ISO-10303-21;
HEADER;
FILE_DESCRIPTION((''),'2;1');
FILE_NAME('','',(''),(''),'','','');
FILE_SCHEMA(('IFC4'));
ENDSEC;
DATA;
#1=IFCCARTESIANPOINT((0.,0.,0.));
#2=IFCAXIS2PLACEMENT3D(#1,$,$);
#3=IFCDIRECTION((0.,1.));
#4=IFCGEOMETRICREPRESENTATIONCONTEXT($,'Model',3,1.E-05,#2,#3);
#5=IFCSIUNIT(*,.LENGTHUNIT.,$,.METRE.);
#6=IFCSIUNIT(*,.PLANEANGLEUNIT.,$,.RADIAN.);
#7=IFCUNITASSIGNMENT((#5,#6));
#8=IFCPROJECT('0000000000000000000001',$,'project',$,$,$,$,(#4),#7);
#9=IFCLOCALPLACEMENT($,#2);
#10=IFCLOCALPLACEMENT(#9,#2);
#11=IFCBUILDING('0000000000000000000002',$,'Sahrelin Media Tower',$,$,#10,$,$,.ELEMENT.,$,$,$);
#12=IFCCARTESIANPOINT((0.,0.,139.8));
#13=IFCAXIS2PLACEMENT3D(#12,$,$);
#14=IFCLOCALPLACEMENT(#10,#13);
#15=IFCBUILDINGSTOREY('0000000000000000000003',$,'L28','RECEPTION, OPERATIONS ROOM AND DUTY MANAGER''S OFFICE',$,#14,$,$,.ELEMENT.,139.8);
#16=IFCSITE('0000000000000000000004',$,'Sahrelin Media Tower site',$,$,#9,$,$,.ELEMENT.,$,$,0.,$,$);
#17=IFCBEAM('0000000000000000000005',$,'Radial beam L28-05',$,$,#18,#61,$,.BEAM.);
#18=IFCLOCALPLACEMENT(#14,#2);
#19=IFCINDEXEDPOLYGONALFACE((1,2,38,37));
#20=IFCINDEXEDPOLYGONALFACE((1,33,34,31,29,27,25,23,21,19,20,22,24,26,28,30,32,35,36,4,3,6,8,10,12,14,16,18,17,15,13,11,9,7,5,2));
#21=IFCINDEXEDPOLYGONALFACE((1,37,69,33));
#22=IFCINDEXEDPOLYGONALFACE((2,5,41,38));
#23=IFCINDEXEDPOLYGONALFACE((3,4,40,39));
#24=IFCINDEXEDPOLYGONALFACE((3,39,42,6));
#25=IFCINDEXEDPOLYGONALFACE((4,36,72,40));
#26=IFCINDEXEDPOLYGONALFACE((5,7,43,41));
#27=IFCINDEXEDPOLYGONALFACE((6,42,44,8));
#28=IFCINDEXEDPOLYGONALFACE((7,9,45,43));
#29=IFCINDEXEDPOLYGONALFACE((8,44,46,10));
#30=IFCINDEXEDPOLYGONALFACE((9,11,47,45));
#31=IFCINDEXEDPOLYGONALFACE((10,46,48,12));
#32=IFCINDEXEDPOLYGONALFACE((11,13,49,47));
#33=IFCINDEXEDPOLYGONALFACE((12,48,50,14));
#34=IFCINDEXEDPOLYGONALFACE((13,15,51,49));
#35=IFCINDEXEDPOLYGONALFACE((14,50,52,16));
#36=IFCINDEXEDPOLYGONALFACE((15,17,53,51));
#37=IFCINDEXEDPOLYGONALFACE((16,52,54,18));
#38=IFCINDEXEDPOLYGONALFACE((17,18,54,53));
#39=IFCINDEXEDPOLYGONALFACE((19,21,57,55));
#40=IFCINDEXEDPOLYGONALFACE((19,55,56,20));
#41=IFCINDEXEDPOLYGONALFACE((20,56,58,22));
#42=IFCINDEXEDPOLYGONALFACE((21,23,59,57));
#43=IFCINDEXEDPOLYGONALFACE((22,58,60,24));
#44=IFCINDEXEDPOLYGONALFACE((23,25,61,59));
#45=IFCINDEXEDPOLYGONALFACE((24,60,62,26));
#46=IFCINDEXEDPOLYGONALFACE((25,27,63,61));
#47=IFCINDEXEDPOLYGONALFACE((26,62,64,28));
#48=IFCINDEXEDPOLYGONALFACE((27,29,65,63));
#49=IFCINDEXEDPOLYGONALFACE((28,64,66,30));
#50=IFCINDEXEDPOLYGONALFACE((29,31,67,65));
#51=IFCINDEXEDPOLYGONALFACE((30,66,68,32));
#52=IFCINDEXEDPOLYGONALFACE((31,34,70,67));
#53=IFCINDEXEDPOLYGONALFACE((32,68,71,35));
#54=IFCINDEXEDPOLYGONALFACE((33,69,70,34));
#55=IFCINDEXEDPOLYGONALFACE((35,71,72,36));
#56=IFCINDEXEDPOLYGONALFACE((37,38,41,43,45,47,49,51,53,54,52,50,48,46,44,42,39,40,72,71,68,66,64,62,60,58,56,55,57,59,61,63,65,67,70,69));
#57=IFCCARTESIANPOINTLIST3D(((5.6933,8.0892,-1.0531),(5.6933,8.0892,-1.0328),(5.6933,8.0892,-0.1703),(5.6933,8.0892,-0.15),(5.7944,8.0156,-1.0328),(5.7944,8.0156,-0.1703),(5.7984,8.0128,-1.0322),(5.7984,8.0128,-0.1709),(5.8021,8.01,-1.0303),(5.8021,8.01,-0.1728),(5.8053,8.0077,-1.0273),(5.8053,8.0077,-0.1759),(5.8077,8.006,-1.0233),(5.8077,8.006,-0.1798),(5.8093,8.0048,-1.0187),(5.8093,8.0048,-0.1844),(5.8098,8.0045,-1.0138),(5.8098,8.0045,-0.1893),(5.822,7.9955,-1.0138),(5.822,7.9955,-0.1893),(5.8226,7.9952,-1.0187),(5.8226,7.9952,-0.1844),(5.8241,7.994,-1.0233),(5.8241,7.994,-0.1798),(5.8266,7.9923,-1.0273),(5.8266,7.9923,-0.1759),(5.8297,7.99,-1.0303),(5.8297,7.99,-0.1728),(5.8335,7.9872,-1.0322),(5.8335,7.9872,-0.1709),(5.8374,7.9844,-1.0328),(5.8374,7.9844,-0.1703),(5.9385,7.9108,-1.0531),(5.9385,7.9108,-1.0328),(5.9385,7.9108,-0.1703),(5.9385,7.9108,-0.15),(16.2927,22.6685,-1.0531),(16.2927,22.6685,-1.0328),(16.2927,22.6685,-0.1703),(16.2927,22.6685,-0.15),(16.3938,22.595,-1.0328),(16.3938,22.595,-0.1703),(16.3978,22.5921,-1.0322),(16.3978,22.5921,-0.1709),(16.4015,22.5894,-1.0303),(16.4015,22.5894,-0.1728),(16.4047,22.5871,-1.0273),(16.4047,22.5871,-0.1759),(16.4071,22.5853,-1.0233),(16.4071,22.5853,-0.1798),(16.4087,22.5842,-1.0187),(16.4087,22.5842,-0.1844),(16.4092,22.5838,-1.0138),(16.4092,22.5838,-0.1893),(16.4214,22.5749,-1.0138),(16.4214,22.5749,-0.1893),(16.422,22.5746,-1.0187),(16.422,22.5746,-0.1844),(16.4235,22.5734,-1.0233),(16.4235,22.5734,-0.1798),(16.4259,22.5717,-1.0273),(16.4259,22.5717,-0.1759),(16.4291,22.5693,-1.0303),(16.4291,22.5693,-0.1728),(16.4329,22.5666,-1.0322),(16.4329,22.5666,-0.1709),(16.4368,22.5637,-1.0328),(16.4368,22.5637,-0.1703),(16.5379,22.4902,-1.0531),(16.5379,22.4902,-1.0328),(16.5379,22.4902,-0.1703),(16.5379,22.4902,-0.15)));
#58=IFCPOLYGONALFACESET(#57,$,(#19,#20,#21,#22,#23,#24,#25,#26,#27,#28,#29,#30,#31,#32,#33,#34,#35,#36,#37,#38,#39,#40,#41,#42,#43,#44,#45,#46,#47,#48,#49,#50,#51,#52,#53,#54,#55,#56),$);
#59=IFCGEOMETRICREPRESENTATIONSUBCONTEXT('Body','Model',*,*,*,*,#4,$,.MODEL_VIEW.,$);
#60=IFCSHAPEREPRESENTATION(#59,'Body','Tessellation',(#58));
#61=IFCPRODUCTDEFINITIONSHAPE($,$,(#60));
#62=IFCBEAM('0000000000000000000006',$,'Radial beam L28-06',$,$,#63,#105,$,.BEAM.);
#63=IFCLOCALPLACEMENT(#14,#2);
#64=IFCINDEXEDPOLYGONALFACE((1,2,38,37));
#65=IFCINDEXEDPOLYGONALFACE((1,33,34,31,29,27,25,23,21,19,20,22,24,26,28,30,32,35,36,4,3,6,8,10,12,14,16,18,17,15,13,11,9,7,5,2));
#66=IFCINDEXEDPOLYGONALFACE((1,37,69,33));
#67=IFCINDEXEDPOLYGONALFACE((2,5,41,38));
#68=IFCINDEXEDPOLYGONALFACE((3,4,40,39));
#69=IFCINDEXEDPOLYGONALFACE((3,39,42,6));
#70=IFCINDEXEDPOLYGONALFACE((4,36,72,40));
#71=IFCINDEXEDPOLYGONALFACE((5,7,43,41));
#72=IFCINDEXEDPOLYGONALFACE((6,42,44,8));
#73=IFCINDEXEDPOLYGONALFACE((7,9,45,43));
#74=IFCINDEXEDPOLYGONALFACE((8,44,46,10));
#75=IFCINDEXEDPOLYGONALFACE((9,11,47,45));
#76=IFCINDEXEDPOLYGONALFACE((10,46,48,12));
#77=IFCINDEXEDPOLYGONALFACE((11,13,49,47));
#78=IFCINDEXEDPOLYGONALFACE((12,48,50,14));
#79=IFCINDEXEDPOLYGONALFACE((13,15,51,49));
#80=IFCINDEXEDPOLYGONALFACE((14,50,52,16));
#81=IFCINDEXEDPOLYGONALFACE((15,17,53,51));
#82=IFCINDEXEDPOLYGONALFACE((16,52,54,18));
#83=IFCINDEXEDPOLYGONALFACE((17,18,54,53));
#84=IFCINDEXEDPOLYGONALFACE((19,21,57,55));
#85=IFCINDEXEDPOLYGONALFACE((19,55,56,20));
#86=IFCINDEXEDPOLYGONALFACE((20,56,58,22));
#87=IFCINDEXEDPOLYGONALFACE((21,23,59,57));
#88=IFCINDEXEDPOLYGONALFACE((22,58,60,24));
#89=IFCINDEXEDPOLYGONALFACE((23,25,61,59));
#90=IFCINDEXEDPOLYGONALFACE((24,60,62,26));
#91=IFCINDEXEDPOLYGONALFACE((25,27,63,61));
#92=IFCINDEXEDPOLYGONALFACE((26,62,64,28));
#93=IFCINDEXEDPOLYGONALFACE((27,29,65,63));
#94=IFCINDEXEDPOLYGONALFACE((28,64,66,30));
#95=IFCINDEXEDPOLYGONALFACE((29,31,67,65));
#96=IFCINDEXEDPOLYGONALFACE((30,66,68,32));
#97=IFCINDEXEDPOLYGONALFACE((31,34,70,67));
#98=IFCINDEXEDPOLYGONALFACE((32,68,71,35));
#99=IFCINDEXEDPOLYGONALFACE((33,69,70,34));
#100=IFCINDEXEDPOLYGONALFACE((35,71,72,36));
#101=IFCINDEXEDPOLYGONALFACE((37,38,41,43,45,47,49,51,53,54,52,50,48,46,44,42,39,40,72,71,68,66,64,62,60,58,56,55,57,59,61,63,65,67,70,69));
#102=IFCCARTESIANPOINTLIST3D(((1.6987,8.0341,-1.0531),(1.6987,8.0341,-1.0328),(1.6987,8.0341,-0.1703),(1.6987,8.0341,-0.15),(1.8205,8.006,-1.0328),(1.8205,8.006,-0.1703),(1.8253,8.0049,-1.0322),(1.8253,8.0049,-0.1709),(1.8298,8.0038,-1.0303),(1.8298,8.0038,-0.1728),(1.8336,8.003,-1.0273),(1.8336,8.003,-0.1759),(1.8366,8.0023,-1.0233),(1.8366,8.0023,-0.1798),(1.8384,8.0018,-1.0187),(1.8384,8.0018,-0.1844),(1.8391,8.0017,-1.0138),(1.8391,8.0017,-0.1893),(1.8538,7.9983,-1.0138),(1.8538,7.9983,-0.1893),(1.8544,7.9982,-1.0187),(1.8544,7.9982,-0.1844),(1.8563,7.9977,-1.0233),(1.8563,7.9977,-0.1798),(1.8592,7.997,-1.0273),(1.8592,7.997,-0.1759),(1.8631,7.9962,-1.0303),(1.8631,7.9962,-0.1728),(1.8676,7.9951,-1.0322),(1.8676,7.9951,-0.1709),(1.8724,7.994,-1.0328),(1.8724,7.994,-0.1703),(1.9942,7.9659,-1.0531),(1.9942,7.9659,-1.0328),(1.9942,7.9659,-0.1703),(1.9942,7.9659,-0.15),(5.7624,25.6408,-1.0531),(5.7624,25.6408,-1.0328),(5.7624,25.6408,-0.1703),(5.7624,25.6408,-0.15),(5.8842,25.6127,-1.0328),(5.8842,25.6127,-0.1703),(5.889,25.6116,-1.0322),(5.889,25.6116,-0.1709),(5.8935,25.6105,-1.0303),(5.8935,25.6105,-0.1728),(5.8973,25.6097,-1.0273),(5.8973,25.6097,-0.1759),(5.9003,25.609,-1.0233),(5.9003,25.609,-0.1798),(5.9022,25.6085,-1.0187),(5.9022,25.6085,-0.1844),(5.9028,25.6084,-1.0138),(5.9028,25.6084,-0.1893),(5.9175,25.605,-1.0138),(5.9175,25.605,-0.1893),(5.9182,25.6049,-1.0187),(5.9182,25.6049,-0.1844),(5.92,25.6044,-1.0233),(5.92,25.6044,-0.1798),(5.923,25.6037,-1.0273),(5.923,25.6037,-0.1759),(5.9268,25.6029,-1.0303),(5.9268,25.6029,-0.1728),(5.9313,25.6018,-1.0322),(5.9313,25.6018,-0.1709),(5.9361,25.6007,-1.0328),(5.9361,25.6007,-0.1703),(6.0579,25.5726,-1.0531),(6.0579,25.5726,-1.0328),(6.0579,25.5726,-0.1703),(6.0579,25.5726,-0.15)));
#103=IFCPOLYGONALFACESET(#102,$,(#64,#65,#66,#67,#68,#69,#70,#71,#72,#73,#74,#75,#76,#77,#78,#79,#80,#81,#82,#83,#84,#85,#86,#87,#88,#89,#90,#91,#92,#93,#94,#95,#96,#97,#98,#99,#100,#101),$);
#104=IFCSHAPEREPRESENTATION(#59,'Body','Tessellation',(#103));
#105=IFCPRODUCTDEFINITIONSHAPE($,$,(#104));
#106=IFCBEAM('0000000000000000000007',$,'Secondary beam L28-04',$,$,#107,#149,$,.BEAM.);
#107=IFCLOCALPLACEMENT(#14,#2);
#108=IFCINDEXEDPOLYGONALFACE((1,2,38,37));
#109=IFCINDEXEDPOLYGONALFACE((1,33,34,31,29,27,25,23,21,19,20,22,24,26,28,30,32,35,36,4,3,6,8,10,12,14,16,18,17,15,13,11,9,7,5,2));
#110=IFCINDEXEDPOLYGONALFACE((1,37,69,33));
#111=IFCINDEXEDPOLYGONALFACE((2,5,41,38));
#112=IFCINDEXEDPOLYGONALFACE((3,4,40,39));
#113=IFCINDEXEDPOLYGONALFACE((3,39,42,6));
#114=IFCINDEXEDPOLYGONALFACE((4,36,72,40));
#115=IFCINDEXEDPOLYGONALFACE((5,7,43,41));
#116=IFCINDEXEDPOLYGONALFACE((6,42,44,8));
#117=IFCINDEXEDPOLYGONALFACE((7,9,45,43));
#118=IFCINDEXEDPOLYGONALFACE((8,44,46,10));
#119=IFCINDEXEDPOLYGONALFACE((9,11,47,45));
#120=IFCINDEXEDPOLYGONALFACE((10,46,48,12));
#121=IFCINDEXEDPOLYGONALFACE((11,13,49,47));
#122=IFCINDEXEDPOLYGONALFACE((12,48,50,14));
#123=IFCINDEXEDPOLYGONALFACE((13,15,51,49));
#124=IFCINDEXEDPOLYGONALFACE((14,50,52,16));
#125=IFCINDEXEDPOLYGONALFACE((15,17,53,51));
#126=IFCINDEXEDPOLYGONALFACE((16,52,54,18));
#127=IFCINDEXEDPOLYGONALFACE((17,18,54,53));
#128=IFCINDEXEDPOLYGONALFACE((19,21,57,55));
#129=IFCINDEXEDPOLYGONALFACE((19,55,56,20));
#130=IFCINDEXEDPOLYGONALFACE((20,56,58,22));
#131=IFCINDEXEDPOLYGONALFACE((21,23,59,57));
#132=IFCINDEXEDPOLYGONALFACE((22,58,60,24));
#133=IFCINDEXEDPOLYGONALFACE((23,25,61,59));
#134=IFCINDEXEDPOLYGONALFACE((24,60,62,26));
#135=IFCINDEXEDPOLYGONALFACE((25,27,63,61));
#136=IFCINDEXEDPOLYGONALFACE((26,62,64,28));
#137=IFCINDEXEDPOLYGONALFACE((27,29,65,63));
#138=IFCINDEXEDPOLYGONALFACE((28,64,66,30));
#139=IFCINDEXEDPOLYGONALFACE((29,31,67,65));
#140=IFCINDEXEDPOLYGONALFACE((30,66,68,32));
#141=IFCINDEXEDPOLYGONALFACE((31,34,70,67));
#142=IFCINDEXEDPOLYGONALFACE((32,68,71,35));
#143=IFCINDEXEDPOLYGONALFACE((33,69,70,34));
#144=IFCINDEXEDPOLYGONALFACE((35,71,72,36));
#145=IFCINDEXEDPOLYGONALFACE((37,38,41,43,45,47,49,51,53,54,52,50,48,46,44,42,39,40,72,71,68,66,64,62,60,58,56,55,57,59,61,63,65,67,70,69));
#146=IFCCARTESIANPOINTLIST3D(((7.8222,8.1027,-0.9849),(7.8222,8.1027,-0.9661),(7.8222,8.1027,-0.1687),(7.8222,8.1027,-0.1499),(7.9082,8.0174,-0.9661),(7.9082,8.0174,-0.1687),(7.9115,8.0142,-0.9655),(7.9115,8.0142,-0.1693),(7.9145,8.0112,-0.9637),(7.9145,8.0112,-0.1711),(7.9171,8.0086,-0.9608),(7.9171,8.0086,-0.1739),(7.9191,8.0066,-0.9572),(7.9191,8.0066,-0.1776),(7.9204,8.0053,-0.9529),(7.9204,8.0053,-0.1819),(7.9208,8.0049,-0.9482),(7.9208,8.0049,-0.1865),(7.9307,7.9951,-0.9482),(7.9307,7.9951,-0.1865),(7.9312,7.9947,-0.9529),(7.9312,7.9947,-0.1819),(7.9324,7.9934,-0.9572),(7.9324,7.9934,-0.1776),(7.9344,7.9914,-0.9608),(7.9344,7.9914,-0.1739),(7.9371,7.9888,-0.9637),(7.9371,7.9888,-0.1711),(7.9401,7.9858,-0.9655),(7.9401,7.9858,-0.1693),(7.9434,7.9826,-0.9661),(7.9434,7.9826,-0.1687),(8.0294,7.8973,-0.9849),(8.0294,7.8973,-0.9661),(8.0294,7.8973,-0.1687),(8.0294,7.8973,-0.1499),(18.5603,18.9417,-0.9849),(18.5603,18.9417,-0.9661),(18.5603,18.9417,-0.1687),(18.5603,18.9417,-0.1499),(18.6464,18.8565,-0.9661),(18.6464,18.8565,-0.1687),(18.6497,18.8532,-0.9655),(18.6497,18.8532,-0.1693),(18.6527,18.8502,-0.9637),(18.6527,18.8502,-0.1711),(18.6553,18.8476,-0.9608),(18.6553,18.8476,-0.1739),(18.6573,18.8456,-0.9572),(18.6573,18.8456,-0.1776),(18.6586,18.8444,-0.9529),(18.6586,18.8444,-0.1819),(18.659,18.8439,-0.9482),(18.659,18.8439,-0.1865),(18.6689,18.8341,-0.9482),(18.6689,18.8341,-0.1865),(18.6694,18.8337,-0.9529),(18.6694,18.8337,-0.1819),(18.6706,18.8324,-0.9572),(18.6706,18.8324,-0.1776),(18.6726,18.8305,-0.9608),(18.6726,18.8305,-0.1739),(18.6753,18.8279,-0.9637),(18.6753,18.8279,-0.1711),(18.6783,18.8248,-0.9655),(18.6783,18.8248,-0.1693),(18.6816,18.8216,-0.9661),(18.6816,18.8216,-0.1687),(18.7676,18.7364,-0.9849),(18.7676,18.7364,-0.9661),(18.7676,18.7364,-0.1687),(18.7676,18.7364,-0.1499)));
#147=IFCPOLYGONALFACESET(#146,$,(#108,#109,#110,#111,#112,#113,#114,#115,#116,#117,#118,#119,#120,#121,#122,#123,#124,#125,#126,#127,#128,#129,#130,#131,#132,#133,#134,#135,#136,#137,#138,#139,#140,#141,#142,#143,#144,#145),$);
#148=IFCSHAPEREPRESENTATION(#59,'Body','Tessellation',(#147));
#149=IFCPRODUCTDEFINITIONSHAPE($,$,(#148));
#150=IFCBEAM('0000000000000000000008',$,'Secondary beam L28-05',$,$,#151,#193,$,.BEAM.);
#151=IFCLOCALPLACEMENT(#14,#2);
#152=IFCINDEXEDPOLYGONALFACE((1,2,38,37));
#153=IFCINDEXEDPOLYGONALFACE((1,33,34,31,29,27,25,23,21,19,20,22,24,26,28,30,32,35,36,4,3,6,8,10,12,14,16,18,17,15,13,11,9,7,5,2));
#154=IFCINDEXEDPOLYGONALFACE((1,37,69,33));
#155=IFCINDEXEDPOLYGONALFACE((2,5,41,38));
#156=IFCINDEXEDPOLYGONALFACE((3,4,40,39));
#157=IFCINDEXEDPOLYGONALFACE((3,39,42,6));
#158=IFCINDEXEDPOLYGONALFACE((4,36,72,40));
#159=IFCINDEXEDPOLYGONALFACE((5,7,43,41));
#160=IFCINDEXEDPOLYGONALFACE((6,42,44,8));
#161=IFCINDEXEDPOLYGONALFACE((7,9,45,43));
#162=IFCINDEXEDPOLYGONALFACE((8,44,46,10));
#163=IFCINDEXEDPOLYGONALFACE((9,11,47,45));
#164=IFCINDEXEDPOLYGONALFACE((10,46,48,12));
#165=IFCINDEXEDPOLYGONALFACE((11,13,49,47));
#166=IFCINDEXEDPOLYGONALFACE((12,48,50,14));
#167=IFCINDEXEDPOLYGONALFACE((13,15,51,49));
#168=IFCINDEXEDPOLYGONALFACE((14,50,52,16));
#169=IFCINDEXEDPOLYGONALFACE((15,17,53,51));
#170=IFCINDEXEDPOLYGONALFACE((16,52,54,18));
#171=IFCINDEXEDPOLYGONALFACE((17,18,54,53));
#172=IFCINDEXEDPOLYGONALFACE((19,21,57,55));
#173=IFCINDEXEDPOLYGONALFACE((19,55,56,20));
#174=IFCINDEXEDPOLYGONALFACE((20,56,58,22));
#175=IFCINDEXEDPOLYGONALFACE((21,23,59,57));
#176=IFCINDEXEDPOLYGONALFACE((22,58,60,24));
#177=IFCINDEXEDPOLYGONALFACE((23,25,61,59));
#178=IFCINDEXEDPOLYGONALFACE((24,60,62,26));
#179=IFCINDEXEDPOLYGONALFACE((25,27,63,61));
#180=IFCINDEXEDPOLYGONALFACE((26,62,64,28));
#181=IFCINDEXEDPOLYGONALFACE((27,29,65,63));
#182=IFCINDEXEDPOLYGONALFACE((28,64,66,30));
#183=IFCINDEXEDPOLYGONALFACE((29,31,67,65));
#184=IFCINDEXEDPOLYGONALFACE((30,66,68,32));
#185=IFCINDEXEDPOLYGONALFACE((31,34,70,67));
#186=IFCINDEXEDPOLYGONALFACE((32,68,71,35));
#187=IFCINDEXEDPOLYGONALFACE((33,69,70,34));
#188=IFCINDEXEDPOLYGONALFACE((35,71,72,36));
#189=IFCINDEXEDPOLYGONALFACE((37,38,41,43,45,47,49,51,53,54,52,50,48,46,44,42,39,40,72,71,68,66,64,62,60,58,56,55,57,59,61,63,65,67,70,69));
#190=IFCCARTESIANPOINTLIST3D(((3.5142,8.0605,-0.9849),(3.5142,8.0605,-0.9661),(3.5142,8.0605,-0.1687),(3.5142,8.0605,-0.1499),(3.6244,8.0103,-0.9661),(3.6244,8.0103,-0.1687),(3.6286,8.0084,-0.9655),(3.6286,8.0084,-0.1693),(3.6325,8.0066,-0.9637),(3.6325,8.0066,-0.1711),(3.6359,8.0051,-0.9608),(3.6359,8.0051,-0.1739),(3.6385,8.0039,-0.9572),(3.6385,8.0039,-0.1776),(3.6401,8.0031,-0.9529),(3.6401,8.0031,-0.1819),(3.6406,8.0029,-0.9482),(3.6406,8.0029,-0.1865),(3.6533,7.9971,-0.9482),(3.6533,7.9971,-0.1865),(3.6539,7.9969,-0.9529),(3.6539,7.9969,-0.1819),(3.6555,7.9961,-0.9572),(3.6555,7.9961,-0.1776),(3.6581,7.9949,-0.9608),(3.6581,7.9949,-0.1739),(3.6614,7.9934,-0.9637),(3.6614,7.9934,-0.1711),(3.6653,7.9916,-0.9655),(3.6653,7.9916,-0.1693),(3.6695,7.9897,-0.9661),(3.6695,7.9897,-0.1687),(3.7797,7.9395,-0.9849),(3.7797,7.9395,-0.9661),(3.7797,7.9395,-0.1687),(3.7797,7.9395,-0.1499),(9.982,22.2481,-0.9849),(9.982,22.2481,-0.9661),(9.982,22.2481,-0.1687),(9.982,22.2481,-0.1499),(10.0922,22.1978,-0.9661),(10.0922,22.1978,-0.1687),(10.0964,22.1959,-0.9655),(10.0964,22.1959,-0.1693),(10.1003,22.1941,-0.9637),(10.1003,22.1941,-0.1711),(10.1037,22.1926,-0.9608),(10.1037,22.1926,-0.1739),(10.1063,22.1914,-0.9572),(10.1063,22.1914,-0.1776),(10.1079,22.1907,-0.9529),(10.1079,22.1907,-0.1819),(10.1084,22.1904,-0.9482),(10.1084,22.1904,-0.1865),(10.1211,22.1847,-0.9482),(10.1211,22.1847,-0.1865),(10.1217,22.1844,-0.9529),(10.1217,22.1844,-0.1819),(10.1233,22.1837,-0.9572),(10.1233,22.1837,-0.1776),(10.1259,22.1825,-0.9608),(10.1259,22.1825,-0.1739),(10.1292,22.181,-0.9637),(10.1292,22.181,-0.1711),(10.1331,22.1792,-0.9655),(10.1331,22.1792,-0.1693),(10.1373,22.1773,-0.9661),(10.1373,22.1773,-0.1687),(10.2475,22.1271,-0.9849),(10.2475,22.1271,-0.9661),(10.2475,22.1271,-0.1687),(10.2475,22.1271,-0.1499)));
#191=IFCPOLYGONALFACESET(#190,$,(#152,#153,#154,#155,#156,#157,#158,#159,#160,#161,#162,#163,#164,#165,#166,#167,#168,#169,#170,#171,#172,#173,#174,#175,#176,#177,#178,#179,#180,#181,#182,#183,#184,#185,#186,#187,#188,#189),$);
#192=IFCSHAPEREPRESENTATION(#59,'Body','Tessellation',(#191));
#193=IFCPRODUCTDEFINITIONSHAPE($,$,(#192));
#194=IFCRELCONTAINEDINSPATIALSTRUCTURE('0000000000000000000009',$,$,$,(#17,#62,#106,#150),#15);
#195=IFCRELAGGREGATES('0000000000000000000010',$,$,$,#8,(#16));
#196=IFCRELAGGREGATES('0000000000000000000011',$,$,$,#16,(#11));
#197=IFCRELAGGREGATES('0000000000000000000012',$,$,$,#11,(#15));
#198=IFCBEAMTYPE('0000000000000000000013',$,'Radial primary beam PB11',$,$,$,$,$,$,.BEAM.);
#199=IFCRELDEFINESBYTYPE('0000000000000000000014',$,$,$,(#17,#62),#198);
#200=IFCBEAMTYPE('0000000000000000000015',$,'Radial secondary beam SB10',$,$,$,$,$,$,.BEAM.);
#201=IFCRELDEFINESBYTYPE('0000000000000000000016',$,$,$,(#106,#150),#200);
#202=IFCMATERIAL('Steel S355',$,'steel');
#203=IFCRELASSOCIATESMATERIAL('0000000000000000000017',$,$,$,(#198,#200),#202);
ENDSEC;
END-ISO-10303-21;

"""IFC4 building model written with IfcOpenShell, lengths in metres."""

from ifc_helpers import new_model, si_unit, direction, frame, origin, origin_2d, place, context, subcontext, project, spatial, i_section, extrude, material, material_profile, profile_set, type_object, element, save


model = new_model("IFC4")

# Units and contexts
model_context = context("Model", 3, precision=1e-05, world=origin(), true_north=direction((0.0, 1.0)))
body_context = subcontext(model_context, "Body", "Model", "MODEL_VIEW")
ifc_project = project(units=[si_unit("LENGTHUNIT", "METRE"), si_unit("PLANEANGLEUNIT", "RADIAN")], contexts=[model_context])

# Site, building, storey
site_placement = place(None, origin())
site = spatial("IfcSite", under=ifc_project, at=site_placement, Name="Sahrelin Media Tower site", CompositionType="ELEMENT", RefElevation=0.0)
building_placement = place(site_placement, origin())
building = spatial("IfcBuilding", under=site, at=building_placement, Name="Sahrelin Media Tower", CompositionType="ELEMENT")
storey_placement = place(building_placement, frame((0.0, 0.0, 139.8)))
storey = spatial("IfcBuildingStorey", under=building, at=storey_placement, Name="L28", Description="RECEPTION, OPERATIONS ROOM AND DUTY MANAGER'S OFFICE", CompositionType="ELEMENT", Elevation=139.8)

# Shared definitions
ifc_material_1 = material(Name="Steel S355", Category="steel")

# Beams
ifc_material_profile_1 = material_profile(ifc_material_1, i_section(OverallWidth=0.3032, OverallDepth=0.9031, WebThickness=0.0151, FlangeThickness=0.0203, FilletRadius=0.019, at=origin_2d()), Name="UB 914x305x201")
ifc_profile_set_1 = profile_set([ifc_material_profile_1], Name="Steel S355")
beam_type_1 = type_object("IfcBeamType", Name="Radial primary beam PB11", PredefinedType="BEAM", material=ifc_profile_set_1)
beam_1_placement = place(storey_placement, frame((5.8159, 8.0, -0.6016), z_axis=(0.588034, 0.808836, 0.0), x_axis=(-0.808836, 0.588034, 0.0)))
element("IfcBeam", 1, at=beam_1_placement, inside=storey, type_object=beam_type_1, Name="Radial beam L28-05", PredefinedType="BEAM", context=body_context, shape_type="SweptSolid", body=[
    extrude(i_section(OverallWidth=0.3032, OverallDepth=0.9031, WebThickness=0.0151, FlangeThickness=0.0203, FilletRadius=0.019, at=origin_2d()), origin(), (0.0, 0.0, 1.0), 18.0251),
])
beam_2_placement = place(storey_placement, frame((1.8464, 8.0, -0.6016), z_axis=(0.224893, 0.974383, 0.0), x_axis=(-0.974383, 0.224893, 0.0)))
element("IfcBeam", 2, at=beam_2_placement, inside=storey, type_object=beam_type_1, Name="Radial beam L28-06", PredefinedType="BEAM", context=body_context, shape_type="SweptSolid", body=[
    extrude(i_section(OverallWidth=0.3032, OverallDepth=0.9031, WebThickness=0.0151, FlangeThickness=0.0203, FilletRadius=0.019, at=origin_2d()), origin(), (0.0, 0.0, 1.0), 18.0696),
])
ifc_material_profile_2 = material_profile(ifc_material_1, i_section(OverallWidth=0.2917, OverallDepth=0.835, WebThickness=0.0139, FlangeThickness=0.0188, FilletRadius=0.0178, at=origin_2d()), Name="UB 838x292x176")
ifc_profile_set_2 = profile_set([ifc_material_profile_2], Name="Steel S355")
beam_type_2 = type_object("IfcBeamType", Name="Radial secondary beam SB10", PredefinedType="BEAM", material=ifc_profile_set_2)
beam_3_placement = place(storey_placement, frame((7.9258, 8.0, -0.5674), z_axis=(0.703795, 0.710403, 0.0), x_axis=(-0.710403, 0.703795, 0.0)))
element("IfcBeam", 3, at=beam_3_placement, inside=storey, type_object=beam_type_2, Name="Secondary beam L28-04", PredefinedType="BEAM", context=body_context, shape_type="SweptSolid", body=[
    extrude(i_section(OverallWidth=0.2917, OverallDepth=0.835, WebThickness=0.0139, FlangeThickness=0.0188, FilletRadius=0.0178, at=origin_2d()), origin(), (0.0, 0.0, 1.0), 15.2576),
])
beam_4_placement = place(storey_placement, frame((3.647, 8.0, -0.5674), z_axis=(0.414808, 0.909909, 0.0), x_axis=(-0.909909, 0.414808, 0.0)))
element("IfcBeam", 4, at=beam_4_placement, inside=storey, type_object=beam_type_2, Name="Secondary beam L28-05", PredefinedType="BEAM", context=body_context, shape_type="SweptSolid", body=[
    extrude(i_section(OverallWidth=0.2917, OverallDepth=0.835, WebThickness=0.0139, FlangeThickness=0.0188, FilletRadius=0.0178, at=origin_2d()), origin(), (0.0, 0.0, 1.0), 15.5923),
])

save(model, "model.ifc")
